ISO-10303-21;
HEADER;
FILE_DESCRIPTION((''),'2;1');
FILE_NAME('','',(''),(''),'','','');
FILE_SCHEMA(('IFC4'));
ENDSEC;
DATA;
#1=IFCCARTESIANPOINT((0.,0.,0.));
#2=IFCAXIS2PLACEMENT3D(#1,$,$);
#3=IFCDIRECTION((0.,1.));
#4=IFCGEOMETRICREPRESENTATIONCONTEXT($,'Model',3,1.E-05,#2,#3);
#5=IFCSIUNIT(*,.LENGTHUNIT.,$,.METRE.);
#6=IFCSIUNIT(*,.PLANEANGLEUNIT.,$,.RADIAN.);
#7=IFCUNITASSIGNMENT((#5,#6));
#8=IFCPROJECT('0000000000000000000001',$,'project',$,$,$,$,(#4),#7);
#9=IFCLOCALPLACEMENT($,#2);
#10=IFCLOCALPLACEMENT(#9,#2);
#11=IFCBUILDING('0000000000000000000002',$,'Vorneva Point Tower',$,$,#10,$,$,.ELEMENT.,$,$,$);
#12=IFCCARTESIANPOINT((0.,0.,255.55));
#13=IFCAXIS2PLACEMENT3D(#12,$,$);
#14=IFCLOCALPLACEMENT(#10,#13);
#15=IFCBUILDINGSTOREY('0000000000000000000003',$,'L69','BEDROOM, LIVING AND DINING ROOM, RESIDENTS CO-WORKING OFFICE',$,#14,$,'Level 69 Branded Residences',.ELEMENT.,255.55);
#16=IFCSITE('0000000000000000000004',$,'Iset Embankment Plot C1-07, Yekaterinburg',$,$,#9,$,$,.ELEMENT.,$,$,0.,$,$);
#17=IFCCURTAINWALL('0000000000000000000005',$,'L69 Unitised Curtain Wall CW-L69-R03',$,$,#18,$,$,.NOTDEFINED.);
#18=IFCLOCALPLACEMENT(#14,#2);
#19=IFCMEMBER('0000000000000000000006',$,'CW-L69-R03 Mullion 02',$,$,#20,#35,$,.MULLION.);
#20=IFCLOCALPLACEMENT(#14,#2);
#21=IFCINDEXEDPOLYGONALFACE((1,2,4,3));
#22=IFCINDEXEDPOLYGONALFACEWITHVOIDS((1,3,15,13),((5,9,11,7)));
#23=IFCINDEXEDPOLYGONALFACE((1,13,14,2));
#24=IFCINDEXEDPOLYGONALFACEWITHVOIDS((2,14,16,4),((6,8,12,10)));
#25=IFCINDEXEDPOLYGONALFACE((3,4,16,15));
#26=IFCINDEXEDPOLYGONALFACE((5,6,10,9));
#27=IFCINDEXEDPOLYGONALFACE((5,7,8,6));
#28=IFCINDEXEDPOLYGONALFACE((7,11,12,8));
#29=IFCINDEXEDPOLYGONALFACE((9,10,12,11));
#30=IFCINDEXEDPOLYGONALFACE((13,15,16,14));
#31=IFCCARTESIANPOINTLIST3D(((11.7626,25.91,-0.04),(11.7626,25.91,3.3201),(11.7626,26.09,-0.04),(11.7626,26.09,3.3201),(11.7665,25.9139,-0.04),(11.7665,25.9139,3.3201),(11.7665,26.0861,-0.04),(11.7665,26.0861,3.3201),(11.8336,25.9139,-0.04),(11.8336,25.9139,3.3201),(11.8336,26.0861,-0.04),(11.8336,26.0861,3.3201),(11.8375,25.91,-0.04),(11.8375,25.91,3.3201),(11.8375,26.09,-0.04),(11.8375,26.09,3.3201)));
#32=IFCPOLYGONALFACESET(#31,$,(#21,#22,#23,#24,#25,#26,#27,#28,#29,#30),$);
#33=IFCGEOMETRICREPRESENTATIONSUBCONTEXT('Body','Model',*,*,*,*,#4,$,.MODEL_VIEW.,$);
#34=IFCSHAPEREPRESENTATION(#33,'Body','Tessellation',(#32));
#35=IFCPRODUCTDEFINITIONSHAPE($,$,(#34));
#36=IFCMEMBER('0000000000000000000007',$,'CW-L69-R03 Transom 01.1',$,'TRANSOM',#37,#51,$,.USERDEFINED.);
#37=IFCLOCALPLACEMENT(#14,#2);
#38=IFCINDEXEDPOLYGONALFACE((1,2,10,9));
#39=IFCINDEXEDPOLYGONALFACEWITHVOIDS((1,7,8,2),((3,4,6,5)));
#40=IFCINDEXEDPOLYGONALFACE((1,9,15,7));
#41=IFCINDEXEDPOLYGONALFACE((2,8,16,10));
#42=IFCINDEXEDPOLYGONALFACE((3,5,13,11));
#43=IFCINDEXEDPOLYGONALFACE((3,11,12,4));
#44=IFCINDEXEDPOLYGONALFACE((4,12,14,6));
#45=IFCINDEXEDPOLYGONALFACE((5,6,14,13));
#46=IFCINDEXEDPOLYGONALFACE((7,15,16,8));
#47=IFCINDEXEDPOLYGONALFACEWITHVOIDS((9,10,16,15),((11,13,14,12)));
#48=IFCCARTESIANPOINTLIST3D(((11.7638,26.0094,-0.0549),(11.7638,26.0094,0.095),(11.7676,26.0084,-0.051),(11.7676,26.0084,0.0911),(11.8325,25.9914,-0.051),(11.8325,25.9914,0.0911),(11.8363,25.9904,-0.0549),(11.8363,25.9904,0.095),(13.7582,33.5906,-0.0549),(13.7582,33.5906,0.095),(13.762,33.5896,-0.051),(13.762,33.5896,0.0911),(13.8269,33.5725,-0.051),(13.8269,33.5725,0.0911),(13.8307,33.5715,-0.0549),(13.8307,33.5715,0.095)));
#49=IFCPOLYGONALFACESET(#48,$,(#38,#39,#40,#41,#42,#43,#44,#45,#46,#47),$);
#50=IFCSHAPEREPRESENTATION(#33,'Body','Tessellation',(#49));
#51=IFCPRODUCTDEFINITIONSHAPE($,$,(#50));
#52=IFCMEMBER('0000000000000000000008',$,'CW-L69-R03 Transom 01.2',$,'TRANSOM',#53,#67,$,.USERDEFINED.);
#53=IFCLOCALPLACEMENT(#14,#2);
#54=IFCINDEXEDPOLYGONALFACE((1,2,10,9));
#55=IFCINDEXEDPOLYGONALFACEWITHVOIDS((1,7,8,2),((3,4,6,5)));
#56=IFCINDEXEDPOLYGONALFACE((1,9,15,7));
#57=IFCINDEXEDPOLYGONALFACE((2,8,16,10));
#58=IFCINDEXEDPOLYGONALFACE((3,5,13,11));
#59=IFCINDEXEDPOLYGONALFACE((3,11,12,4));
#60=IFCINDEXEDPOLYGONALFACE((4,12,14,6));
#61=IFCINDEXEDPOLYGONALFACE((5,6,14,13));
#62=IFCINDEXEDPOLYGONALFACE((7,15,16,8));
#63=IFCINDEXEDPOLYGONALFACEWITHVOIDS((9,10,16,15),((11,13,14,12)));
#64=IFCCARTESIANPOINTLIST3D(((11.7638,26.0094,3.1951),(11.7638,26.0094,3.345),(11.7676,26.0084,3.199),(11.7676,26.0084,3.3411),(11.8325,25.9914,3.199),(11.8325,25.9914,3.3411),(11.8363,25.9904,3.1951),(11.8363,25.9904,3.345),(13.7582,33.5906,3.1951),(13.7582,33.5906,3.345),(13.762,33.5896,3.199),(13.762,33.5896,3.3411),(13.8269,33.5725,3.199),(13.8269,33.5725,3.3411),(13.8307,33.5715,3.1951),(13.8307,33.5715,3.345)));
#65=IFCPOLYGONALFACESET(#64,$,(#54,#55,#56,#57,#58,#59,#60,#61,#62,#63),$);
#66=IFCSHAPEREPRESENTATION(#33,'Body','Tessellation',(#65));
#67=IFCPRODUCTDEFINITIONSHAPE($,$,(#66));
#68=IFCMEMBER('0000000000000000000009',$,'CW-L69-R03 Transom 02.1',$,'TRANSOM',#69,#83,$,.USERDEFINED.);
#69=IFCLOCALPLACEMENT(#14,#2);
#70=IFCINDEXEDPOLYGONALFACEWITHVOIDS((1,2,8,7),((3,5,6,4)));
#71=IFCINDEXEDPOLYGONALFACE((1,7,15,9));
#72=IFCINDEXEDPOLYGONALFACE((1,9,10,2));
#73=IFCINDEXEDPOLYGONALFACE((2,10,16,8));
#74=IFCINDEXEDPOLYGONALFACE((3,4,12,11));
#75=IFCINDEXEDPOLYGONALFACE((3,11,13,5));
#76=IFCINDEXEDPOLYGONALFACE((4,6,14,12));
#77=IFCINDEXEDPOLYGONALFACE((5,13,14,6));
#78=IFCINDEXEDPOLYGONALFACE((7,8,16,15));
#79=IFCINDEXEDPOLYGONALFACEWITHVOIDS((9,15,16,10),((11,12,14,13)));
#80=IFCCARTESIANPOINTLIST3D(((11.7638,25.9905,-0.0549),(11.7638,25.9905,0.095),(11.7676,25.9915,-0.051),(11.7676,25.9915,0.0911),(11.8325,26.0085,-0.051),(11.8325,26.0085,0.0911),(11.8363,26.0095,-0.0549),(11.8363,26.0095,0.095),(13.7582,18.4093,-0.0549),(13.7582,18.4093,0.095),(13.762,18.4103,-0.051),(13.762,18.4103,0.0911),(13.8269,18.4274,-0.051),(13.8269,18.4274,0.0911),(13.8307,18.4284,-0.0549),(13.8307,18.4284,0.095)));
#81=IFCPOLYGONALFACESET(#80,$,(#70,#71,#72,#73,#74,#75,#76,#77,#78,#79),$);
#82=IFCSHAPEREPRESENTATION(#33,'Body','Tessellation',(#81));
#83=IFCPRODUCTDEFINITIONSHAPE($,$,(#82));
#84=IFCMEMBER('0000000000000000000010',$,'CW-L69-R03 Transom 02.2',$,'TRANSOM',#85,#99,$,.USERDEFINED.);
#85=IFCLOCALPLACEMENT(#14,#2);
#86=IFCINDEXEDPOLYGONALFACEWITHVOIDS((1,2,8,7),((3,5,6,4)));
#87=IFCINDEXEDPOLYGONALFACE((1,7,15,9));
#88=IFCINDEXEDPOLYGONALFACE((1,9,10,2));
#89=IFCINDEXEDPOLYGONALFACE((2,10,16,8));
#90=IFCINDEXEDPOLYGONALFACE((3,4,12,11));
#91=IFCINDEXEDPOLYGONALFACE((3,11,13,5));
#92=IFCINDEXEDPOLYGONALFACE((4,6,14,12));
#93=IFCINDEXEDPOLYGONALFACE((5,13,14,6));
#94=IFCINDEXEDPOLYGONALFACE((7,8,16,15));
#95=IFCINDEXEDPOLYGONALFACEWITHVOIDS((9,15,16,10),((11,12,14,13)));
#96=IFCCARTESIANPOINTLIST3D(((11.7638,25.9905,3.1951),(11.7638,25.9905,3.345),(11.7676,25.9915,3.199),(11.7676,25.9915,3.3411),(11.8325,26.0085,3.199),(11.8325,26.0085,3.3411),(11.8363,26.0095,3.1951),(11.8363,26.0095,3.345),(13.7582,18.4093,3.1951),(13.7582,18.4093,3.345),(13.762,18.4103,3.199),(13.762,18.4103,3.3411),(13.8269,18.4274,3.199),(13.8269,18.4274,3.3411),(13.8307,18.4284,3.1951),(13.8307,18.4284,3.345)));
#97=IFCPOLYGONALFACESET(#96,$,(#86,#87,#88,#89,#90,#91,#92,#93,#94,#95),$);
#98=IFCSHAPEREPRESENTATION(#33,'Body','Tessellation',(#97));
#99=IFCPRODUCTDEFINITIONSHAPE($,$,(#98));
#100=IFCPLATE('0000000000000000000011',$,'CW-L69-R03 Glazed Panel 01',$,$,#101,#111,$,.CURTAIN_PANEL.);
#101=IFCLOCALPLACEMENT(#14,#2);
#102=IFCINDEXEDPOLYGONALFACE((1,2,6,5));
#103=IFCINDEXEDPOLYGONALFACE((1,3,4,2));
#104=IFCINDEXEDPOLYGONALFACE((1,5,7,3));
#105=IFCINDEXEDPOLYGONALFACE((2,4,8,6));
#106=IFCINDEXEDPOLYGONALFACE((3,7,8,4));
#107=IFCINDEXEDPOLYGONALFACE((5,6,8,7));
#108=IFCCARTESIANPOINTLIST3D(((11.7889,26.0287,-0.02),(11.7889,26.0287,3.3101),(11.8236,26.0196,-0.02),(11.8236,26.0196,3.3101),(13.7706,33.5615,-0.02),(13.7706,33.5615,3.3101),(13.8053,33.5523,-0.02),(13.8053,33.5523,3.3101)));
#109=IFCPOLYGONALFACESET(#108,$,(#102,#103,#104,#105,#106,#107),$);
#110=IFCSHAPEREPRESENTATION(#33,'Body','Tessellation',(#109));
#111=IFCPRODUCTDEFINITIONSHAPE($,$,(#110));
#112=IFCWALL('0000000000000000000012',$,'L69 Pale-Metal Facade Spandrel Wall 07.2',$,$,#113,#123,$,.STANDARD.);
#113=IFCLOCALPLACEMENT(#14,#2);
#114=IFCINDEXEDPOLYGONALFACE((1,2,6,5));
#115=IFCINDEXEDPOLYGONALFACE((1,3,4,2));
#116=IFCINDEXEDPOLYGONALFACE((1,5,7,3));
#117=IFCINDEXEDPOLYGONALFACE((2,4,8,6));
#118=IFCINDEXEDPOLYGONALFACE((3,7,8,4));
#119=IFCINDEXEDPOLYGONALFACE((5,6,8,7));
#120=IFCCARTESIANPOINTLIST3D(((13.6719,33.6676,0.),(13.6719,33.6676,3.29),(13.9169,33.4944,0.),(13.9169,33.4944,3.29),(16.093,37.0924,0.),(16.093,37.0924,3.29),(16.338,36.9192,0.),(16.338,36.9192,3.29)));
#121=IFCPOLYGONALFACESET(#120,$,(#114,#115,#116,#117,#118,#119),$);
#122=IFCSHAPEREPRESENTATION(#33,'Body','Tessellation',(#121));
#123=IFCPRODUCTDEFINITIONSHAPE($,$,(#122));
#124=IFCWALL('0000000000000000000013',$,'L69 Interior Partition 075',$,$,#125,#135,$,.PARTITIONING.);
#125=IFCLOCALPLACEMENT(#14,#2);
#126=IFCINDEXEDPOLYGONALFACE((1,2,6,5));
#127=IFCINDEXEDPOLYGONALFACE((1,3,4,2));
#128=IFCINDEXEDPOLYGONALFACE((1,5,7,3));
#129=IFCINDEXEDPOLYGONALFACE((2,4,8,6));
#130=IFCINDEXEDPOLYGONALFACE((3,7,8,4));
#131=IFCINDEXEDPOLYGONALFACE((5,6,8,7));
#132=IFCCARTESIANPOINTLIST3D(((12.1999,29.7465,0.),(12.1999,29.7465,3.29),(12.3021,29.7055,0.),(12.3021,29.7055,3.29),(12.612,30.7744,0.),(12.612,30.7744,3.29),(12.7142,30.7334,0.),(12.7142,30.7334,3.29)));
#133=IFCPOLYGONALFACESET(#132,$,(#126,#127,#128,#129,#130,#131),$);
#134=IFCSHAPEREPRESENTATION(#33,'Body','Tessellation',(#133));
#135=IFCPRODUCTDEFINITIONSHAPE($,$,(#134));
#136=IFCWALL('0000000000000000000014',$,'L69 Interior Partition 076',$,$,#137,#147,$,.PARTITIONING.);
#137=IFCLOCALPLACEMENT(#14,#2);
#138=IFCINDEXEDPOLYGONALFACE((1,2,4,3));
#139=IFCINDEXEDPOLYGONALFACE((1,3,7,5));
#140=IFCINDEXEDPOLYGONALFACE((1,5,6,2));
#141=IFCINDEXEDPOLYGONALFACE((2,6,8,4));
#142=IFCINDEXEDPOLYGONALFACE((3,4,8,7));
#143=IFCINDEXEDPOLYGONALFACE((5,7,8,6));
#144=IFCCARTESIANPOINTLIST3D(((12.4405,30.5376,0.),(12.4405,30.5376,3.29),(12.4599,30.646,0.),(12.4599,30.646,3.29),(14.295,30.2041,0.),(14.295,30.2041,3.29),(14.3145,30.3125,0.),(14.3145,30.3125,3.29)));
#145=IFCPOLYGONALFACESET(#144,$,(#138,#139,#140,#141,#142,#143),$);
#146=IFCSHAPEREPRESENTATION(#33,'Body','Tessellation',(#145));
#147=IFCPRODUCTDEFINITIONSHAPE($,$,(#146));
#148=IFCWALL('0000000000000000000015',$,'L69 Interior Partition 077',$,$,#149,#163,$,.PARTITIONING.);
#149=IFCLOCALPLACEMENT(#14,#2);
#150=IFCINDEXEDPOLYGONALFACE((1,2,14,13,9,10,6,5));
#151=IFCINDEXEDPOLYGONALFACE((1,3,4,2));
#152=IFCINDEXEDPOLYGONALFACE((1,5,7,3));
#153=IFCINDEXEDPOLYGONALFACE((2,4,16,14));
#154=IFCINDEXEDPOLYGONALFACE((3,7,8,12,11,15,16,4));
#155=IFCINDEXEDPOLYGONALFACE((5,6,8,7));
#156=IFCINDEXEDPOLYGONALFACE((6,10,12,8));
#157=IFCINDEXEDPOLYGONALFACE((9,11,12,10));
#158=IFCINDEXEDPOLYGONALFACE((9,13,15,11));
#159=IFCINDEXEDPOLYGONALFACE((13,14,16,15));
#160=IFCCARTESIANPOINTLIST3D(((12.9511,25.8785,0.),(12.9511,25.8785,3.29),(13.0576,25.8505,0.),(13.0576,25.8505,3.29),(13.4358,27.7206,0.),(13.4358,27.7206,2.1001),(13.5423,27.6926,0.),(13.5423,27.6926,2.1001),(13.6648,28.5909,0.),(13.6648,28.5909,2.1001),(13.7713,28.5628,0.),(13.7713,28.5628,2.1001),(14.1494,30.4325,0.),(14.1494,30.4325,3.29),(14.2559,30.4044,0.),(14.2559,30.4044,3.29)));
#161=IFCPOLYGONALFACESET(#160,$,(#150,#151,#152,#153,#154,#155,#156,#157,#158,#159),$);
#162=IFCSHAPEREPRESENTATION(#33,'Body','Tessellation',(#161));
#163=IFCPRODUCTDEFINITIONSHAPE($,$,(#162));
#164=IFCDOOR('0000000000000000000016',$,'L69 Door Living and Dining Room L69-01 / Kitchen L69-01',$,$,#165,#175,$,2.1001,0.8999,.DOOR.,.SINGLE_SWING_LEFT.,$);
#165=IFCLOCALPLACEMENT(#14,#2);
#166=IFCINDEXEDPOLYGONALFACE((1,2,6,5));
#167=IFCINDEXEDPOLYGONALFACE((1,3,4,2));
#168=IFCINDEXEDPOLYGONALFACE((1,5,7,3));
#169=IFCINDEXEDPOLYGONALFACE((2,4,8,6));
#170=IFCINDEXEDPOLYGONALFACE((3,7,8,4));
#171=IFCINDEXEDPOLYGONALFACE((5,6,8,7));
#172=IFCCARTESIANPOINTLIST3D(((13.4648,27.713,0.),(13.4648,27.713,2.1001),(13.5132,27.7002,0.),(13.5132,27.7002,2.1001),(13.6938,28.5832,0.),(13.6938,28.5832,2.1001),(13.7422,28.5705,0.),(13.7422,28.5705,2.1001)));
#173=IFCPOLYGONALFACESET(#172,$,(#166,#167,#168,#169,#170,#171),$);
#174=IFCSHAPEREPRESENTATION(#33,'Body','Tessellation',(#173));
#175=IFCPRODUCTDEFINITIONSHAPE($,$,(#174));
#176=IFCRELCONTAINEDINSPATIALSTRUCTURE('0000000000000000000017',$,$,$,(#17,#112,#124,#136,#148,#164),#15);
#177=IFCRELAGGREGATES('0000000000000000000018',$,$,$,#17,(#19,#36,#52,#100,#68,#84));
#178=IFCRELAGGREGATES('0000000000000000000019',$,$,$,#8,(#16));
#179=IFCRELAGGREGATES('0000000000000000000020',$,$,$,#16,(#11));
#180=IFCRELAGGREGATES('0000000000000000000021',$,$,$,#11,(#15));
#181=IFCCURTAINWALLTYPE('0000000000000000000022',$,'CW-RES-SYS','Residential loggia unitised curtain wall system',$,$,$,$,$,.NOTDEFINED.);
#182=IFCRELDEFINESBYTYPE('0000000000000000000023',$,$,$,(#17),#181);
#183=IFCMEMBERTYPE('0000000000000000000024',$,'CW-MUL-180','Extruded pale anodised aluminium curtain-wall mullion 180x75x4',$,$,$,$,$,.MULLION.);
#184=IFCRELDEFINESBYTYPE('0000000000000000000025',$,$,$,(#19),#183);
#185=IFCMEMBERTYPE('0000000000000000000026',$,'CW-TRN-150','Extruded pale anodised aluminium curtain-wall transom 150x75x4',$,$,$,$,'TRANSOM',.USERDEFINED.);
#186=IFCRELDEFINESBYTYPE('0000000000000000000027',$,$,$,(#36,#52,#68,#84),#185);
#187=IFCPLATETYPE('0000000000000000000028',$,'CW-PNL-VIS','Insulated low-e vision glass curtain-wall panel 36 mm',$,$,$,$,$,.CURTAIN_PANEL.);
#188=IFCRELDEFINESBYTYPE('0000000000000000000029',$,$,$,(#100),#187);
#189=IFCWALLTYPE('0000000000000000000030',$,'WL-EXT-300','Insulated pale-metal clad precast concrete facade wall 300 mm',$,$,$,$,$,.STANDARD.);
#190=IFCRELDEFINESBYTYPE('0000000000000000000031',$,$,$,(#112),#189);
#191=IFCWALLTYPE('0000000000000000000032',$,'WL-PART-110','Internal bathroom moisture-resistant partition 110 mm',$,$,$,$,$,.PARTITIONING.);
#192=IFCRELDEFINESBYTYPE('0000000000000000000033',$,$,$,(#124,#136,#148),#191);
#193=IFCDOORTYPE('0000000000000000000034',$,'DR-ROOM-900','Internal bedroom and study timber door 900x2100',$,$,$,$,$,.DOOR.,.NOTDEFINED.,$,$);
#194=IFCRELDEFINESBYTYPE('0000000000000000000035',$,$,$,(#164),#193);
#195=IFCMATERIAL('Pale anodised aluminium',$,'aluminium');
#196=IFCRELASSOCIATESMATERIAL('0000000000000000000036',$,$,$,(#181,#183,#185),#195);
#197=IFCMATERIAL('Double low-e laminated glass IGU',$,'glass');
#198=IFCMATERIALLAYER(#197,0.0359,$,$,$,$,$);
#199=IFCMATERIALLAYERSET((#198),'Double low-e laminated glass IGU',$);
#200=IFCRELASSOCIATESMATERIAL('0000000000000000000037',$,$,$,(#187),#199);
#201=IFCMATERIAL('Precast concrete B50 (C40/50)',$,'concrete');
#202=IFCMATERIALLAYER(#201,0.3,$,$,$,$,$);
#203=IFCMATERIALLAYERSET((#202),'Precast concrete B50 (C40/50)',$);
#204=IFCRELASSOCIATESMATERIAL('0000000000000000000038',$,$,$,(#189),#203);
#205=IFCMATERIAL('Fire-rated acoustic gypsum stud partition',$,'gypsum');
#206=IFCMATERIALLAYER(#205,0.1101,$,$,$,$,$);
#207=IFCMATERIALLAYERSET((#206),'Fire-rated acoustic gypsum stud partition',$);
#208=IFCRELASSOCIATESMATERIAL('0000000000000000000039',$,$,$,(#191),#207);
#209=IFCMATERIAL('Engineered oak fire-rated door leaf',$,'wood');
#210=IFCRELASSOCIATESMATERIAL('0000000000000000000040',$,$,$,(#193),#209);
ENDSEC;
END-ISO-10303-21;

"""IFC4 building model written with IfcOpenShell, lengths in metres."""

from ifc_helpers import new_model, si_unit, direction, frame, frame_2d, origin, origin_2d, place, context, subcontext, project, spatial, rectangle, hollow_rectangle, extrude, material, layer, layer_set, material_profile, profile_set, type_object, element, fill, aggregate, save


model = new_model("IFC4")

# Units and contexts
model_context = context("Model", 3, precision=1e-05, world=origin(), true_north=direction((0.0, 1.0)))
body_context = subcontext(model_context, "Body", "Model", "MODEL_VIEW")
ifc_project = project(units=[si_unit("LENGTHUNIT", "METRE"), si_unit("PLANEANGLEUNIT", "RADIAN")], contexts=[model_context])

# Site, building, storey
site_placement = place(None, origin())
site = spatial("IfcSite", under=ifc_project, at=site_placement, Name="Iset Embankment Plot C1-07, Yekaterinburg", CompositionType="ELEMENT", RefElevation=0.0)
building_placement = place(site_placement, origin())
building = spatial("IfcBuilding", under=site, at=building_placement, Name="Vorneva Point Tower", CompositionType="ELEMENT")
storey_placement = place(building_placement, frame((0.0, 0.0, 255.55)))
storey = spatial("IfcBuildingStorey", under=building, at=storey_placement, Name="L69", Description="BEDROOM, LIVING AND DINING ROOM, RESIDENTS CO-WORKING OFFICE", LongName="Level 69 Branded Residences", CompositionType="ELEMENT", Elevation=255.55)

# Curtain wall, members, plate
ifc_material_1 = material(Name="Pale anodised aluminium", Category="aluminium")
curtain_wall_type = type_object("IfcCurtainWallType", Name="CW-RES-SYS", Description="Residential loggia unitised curtain wall system", PredefinedType="NOTDEFINED", material=ifc_material_1)
curtain_wall_placement = place(storey_placement, origin())
curtain_wall = element("IfcCurtainWall", 1, at=curtain_wall_placement, inside=storey, type_object=curtain_wall_type, Name="L69 Unitised Curtain Wall CW-L69-R03", PredefinedType="NOTDEFINED")
ifc_material_profile_1 = material_profile(ifc_material_1, hollow_rectangle(XDim=0.075, YDim=0.1799, WallThickness=0.0039, at=origin_2d()), Name="AL-MUL 180x75x4")
ifc_profile_set_1 = profile_set([ifc_material_profile_1], Name="Pale anodised aluminium")
member_type_1 = type_object("IfcMemberType", Name="CW-MUL-180", Description="Extruded pale anodised aluminium curtain-wall mullion 180x75x4", PredefinedType="MULLION", material=ifc_profile_set_1)
member_1_placement = place(storey_placement, frame((11.8, 26.0, -0.04), z_axis=(0.0, 0.0, 1.0), x_axis=(1.0, 0.0, 0.0)))
member_1 = element("IfcMember", 2, at=member_1_placement, type_object=member_type_1, Name="CW-L69-R03 Mullion 02", PredefinedType="MULLION", context=body_context, shape_type="SweptSolid", body=[
    extrude(hollow_rectangle(XDim=0.075, YDim=0.1799, WallThickness=0.0039, at=origin_2d()), origin(), (0.0, 0.0, 1.0), 3.3601),
])
ifc_material_profile_2 = material_profile(ifc_material_1, hollow_rectangle(XDim=0.075, YDim=0.1499, WallThickness=0.0039, at=origin_2d()), Name="AL-TRN 150x75x4")
ifc_profile_set_2 = profile_set([ifc_material_profile_2], Name="Pale anodised aluminium")
member_type_2 = type_object("IfcMemberType", Name="CW-TRN-150", Description="Extruded pale anodised aluminium curtain-wall transom 150x75x4", ElementType="TRANSOM", PredefinedType="USERDEFINED", material=ifc_profile_set_2)
member_2_placement = place(storey_placement, frame((13.7944, 33.5811, 0.02), z_axis=(-0.254418, -0.967094, 0.0), x_axis=(0.967094, -0.254418, 0.0)))
member_2 = element("IfcMember", 3, at=member_2_placement, type_object=member_type_2, Name="CW-L69-R03 Transom 01.1", ObjectType="TRANSOM", PredefinedType="USERDEFINED", context=body_context, shape_type="SweptSolid", body=[
    extrude(hollow_rectangle(XDim=0.075, YDim=0.1499, WallThickness=0.0039, at=origin_2d()), origin(), (0.0, 0.0, 1.0), 7.8391),
])
member_3_placement = place(storey_placement, frame((13.7944, 33.5811, 3.27), z_axis=(-0.254418, -0.967094, 0.0), x_axis=(0.967094, -0.254418, 0.0)))
member_3 = element("IfcMember", 4, at=member_3_placement, type_object=member_type_2, Name="CW-L69-R03 Transom 01.2", ObjectType="TRANSOM", PredefinedType="USERDEFINED", context=body_context, shape_type="SweptSolid", body=[
    extrude(hollow_rectangle(XDim=0.075, YDim=0.1499, WallThickness=0.0039, at=origin_2d()), origin(), (0.0, 0.0, 1.0), 7.8391),
])
member_4_placement = place(storey_placement, frame((11.8, 26.0, 0.02), z_axis=(0.254418, -0.967094, 0.0), x_axis=(0.967094, 0.254418, 0.0)))
member_4 = element("IfcMember", 5, at=member_4_placement, type_object=member_type_2, Name="CW-L69-R03 Transom 02.1", ObjectType="TRANSOM", PredefinedType="USERDEFINED", context=body_context, shape_type="SweptSolid", body=[
    extrude(hollow_rectangle(XDim=0.075, YDim=0.1499, WallThickness=0.0039, at=origin_2d()), origin(), (0.0, 0.0, 1.0), 7.8391),
])
member_5_placement = place(storey_placement, frame((11.8, 26.0, 3.27), z_axis=(0.254418, -0.967094, 0.0), x_axis=(0.967094, 0.254418, 0.0)))
member_5 = element("IfcMember", 6, at=member_5_placement, type_object=member_type_2, Name="CW-L69-R03 Transom 02.2", ObjectType="TRANSOM", PredefinedType="USERDEFINED", context=body_context, shape_type="SweptSolid", body=[
    extrude(hollow_rectangle(XDim=0.075, YDim=0.1499, WallThickness=0.0039, at=origin_2d()), origin(), (0.0, 0.0, 1.0), 7.8391),
])
ifc_material_2 = material(Name="Double low-e laminated glass IGU", Category="glass")
ifc_layer_1 = layer(ifc_material_2, 0.0359)
ifc_layer_set_1 = layer_set([ifc_layer_1], Name="Double low-e laminated glass IGU")
plate_type = type_object("IfcPlateType", Name="CW-PNL-VIS", Description="Insulated low-e vision glass curtain-wall panel 36 mm", PredefinedType="CURTAIN_PANEL", material=ifc_layer_set_1)
plate_placement = place(storey_placement, frame((12.7971, 29.7905, -0.02), z_axis=(0.0, 0.0, 1.0), x_axis=(-0.254416, -0.967095, 0.0)))
plate = element("IfcPlate", 7, at=plate_placement, type_object=plate_type, Name="CW-L69-R03 Glazed Panel 01", PredefinedType="CURTAIN_PANEL", context=body_context, shape_type="SweptSolid", body=[
    extrude(rectangle(XDim=7.7891, YDim=0.0359, at=origin_2d()), origin(), (0.0, 0.0, 1.0), 3.3301),
])
aggregate(curtain_wall, [member_1, member_2, member_3, plate, member_4, member_5])

# Walls
ifc_material_3 = material(Name="Precast concrete B50 (C40/50)", Category="concrete")
ifc_layer_2 = layer(ifc_material_3, 0.3)
ifc_layer_set_2 = layer_set([ifc_layer_2], Name="Precast concrete B50 (C40/50)")
wall_type_1 = type_object("IfcWallType", Name="WL-EXT-300", Description="Insulated pale-metal clad precast concrete facade wall 300 mm", PredefinedType="STANDARD", material=ifc_layer_set_2)
wall_1_placement = place(storey_placement, frame((16.2156, 37.0059, 0.0), z_axis=(0.0, 0.0, 1.0), x_axis=(-0.577261, -0.81656, 0.0)))
element("IfcWall", 8, at=wall_1_placement, inside=storey, type_object=wall_type_1, Name="L69 Pale-Metal Facade Spandrel Wall 07.2", PredefinedType="STANDARD", context=body_context, shape_type="SweptSolid", body=[
    extrude(rectangle(XDim=4.1941, YDim=0.3, at=frame_2d((2.0972, 0.0))), origin(), (0.0, 0.0, 1.0), 3.29),
])
ifc_material_4 = material(Name="Fire-rated acoustic gypsum stud partition", Category="gypsum")
ifc_layer_3 = layer(ifc_material_4, 0.1101)
ifc_layer_set_3 = layer_set([ifc_layer_3], Name="Fire-rated acoustic gypsum stud partition")
wall_type_2 = type_object("IfcWallType", Name="WL-PART-110", Description="Internal bathroom moisture-resistant partition 110 mm", PredefinedType="PARTITIONING", material=ifc_layer_set_3)
wall_2_placement = place(storey_placement, frame((12.6631, 30.7539, 0.0), z_axis=(0.0, 0.0, 1.0), x_axis=(-0.372151, -0.928172, 0.0)))
element("IfcWall", 9, at=wall_2_placement, inside=storey, type_object=wall_type_2, Name="L69 Interior Partition 075", PredefinedType="PARTITIONING", context=body_context, shape_type="SweptSolid", body=[
    extrude(rectangle(XDim=1.1074, YDim=0.1101, at=frame_2d((0.5537, 0.0))), origin(), (0.0, 0.0, 1.0), 3.29),
])
wall_3_placement = place(storey_placement, frame((12.4502, 30.5918, 0.0), z_axis=(0.0, 0.0, 1.0), x_axis=(0.984212, -0.176992, 0.0)))
element("IfcWall", 10, at=wall_3_placement, inside=storey, type_object=wall_type_2, Name="L69 Interior Partition 076", PredefinedType="PARTITIONING", context=body_context, shape_type="SweptSolid", body=[
    extrude(rectangle(XDim=1.8843, YDim=0.1101, at=frame_2d((0.9421, 0.0))), origin(), (0.0, 0.0, 1.0), 3.29),
])

# Wall, opening, door
wall_4_placement = place(storey_placement, frame((14.2026, 30.4185, 0.0), z_axis=(0.0, 0.0, 1.0), x_axis=(-0.25446, -0.967083, 0.0)))
wall_4 = element("IfcWall", 11, at=wall_4_placement, inside=storey, type_object=wall_type_2, Name="L69 Interior Partition 077", PredefinedType="PARTITIONING", context=body_context, shape_type="SweptSolid", body=[
    extrude(rectangle(XDim=4.709, YDim=0.1101, at=frame_2d((2.3545, 0.0))), origin(), (0.0, 0.0, 1.0), 3.29),
])
opening_1_placement = place(wall_4_placement, frame((1.9043, 0.0, 0.0)))
opening_1 = element("IfcOpeningElement", 12, at=opening_1_placement, cuts=wall_4, PredefinedType="OPENING", context=body_context, shape_type="SweptSolid", body=[
    extrude(rectangle(XDim=0.8999, YDim=2.1001, at=frame_2d((0.45, 1.05))), frame((0.0, 0.0698, 0.0), z_axis=(0.0, -1.0, 0.0), x_axis=(1.0, 0.0, 0.0)), (0.0, 0.0, 1.0), 0.1399),
])
ifc_material_5 = material(Name="Engineered oak fire-rated door leaf", Category="wood")
door_type_1 = type_object("IfcDoorType", Name="DR-ROOM-900", Description="Internal bedroom and study timber door 900x2100", OperationType="NOTDEFINED", PredefinedType="DOOR", material=ifc_material_5)
door_1_placement = place(opening_1_placement, origin())
door_1 = element("IfcDoor", 13, at=door_1_placement, inside=storey, type_object=door_type_1, Name="L69 Door Living and Dining Room L69-01 / Kitchen L69-01", OperationType="SINGLE_SWING_LEFT", OverallHeight=2.1001, OverallWidth=0.8999, PredefinedType="DOOR", context=body_context, shape_type="SweptSolid", body=[
    extrude(rectangle(XDim=0.8999, YDim=2.1001, at=frame_2d((0.45, 1.05))), frame((0.0, 0.0249, 0.0), z_axis=(0.0, -1.0, 0.0), x_axis=(1.0, 0.0, 0.0)), (0.0, 0.0, 1.0), 0.05),
])
fill(opening_1, door_1)

save(model, "model.ifc")
